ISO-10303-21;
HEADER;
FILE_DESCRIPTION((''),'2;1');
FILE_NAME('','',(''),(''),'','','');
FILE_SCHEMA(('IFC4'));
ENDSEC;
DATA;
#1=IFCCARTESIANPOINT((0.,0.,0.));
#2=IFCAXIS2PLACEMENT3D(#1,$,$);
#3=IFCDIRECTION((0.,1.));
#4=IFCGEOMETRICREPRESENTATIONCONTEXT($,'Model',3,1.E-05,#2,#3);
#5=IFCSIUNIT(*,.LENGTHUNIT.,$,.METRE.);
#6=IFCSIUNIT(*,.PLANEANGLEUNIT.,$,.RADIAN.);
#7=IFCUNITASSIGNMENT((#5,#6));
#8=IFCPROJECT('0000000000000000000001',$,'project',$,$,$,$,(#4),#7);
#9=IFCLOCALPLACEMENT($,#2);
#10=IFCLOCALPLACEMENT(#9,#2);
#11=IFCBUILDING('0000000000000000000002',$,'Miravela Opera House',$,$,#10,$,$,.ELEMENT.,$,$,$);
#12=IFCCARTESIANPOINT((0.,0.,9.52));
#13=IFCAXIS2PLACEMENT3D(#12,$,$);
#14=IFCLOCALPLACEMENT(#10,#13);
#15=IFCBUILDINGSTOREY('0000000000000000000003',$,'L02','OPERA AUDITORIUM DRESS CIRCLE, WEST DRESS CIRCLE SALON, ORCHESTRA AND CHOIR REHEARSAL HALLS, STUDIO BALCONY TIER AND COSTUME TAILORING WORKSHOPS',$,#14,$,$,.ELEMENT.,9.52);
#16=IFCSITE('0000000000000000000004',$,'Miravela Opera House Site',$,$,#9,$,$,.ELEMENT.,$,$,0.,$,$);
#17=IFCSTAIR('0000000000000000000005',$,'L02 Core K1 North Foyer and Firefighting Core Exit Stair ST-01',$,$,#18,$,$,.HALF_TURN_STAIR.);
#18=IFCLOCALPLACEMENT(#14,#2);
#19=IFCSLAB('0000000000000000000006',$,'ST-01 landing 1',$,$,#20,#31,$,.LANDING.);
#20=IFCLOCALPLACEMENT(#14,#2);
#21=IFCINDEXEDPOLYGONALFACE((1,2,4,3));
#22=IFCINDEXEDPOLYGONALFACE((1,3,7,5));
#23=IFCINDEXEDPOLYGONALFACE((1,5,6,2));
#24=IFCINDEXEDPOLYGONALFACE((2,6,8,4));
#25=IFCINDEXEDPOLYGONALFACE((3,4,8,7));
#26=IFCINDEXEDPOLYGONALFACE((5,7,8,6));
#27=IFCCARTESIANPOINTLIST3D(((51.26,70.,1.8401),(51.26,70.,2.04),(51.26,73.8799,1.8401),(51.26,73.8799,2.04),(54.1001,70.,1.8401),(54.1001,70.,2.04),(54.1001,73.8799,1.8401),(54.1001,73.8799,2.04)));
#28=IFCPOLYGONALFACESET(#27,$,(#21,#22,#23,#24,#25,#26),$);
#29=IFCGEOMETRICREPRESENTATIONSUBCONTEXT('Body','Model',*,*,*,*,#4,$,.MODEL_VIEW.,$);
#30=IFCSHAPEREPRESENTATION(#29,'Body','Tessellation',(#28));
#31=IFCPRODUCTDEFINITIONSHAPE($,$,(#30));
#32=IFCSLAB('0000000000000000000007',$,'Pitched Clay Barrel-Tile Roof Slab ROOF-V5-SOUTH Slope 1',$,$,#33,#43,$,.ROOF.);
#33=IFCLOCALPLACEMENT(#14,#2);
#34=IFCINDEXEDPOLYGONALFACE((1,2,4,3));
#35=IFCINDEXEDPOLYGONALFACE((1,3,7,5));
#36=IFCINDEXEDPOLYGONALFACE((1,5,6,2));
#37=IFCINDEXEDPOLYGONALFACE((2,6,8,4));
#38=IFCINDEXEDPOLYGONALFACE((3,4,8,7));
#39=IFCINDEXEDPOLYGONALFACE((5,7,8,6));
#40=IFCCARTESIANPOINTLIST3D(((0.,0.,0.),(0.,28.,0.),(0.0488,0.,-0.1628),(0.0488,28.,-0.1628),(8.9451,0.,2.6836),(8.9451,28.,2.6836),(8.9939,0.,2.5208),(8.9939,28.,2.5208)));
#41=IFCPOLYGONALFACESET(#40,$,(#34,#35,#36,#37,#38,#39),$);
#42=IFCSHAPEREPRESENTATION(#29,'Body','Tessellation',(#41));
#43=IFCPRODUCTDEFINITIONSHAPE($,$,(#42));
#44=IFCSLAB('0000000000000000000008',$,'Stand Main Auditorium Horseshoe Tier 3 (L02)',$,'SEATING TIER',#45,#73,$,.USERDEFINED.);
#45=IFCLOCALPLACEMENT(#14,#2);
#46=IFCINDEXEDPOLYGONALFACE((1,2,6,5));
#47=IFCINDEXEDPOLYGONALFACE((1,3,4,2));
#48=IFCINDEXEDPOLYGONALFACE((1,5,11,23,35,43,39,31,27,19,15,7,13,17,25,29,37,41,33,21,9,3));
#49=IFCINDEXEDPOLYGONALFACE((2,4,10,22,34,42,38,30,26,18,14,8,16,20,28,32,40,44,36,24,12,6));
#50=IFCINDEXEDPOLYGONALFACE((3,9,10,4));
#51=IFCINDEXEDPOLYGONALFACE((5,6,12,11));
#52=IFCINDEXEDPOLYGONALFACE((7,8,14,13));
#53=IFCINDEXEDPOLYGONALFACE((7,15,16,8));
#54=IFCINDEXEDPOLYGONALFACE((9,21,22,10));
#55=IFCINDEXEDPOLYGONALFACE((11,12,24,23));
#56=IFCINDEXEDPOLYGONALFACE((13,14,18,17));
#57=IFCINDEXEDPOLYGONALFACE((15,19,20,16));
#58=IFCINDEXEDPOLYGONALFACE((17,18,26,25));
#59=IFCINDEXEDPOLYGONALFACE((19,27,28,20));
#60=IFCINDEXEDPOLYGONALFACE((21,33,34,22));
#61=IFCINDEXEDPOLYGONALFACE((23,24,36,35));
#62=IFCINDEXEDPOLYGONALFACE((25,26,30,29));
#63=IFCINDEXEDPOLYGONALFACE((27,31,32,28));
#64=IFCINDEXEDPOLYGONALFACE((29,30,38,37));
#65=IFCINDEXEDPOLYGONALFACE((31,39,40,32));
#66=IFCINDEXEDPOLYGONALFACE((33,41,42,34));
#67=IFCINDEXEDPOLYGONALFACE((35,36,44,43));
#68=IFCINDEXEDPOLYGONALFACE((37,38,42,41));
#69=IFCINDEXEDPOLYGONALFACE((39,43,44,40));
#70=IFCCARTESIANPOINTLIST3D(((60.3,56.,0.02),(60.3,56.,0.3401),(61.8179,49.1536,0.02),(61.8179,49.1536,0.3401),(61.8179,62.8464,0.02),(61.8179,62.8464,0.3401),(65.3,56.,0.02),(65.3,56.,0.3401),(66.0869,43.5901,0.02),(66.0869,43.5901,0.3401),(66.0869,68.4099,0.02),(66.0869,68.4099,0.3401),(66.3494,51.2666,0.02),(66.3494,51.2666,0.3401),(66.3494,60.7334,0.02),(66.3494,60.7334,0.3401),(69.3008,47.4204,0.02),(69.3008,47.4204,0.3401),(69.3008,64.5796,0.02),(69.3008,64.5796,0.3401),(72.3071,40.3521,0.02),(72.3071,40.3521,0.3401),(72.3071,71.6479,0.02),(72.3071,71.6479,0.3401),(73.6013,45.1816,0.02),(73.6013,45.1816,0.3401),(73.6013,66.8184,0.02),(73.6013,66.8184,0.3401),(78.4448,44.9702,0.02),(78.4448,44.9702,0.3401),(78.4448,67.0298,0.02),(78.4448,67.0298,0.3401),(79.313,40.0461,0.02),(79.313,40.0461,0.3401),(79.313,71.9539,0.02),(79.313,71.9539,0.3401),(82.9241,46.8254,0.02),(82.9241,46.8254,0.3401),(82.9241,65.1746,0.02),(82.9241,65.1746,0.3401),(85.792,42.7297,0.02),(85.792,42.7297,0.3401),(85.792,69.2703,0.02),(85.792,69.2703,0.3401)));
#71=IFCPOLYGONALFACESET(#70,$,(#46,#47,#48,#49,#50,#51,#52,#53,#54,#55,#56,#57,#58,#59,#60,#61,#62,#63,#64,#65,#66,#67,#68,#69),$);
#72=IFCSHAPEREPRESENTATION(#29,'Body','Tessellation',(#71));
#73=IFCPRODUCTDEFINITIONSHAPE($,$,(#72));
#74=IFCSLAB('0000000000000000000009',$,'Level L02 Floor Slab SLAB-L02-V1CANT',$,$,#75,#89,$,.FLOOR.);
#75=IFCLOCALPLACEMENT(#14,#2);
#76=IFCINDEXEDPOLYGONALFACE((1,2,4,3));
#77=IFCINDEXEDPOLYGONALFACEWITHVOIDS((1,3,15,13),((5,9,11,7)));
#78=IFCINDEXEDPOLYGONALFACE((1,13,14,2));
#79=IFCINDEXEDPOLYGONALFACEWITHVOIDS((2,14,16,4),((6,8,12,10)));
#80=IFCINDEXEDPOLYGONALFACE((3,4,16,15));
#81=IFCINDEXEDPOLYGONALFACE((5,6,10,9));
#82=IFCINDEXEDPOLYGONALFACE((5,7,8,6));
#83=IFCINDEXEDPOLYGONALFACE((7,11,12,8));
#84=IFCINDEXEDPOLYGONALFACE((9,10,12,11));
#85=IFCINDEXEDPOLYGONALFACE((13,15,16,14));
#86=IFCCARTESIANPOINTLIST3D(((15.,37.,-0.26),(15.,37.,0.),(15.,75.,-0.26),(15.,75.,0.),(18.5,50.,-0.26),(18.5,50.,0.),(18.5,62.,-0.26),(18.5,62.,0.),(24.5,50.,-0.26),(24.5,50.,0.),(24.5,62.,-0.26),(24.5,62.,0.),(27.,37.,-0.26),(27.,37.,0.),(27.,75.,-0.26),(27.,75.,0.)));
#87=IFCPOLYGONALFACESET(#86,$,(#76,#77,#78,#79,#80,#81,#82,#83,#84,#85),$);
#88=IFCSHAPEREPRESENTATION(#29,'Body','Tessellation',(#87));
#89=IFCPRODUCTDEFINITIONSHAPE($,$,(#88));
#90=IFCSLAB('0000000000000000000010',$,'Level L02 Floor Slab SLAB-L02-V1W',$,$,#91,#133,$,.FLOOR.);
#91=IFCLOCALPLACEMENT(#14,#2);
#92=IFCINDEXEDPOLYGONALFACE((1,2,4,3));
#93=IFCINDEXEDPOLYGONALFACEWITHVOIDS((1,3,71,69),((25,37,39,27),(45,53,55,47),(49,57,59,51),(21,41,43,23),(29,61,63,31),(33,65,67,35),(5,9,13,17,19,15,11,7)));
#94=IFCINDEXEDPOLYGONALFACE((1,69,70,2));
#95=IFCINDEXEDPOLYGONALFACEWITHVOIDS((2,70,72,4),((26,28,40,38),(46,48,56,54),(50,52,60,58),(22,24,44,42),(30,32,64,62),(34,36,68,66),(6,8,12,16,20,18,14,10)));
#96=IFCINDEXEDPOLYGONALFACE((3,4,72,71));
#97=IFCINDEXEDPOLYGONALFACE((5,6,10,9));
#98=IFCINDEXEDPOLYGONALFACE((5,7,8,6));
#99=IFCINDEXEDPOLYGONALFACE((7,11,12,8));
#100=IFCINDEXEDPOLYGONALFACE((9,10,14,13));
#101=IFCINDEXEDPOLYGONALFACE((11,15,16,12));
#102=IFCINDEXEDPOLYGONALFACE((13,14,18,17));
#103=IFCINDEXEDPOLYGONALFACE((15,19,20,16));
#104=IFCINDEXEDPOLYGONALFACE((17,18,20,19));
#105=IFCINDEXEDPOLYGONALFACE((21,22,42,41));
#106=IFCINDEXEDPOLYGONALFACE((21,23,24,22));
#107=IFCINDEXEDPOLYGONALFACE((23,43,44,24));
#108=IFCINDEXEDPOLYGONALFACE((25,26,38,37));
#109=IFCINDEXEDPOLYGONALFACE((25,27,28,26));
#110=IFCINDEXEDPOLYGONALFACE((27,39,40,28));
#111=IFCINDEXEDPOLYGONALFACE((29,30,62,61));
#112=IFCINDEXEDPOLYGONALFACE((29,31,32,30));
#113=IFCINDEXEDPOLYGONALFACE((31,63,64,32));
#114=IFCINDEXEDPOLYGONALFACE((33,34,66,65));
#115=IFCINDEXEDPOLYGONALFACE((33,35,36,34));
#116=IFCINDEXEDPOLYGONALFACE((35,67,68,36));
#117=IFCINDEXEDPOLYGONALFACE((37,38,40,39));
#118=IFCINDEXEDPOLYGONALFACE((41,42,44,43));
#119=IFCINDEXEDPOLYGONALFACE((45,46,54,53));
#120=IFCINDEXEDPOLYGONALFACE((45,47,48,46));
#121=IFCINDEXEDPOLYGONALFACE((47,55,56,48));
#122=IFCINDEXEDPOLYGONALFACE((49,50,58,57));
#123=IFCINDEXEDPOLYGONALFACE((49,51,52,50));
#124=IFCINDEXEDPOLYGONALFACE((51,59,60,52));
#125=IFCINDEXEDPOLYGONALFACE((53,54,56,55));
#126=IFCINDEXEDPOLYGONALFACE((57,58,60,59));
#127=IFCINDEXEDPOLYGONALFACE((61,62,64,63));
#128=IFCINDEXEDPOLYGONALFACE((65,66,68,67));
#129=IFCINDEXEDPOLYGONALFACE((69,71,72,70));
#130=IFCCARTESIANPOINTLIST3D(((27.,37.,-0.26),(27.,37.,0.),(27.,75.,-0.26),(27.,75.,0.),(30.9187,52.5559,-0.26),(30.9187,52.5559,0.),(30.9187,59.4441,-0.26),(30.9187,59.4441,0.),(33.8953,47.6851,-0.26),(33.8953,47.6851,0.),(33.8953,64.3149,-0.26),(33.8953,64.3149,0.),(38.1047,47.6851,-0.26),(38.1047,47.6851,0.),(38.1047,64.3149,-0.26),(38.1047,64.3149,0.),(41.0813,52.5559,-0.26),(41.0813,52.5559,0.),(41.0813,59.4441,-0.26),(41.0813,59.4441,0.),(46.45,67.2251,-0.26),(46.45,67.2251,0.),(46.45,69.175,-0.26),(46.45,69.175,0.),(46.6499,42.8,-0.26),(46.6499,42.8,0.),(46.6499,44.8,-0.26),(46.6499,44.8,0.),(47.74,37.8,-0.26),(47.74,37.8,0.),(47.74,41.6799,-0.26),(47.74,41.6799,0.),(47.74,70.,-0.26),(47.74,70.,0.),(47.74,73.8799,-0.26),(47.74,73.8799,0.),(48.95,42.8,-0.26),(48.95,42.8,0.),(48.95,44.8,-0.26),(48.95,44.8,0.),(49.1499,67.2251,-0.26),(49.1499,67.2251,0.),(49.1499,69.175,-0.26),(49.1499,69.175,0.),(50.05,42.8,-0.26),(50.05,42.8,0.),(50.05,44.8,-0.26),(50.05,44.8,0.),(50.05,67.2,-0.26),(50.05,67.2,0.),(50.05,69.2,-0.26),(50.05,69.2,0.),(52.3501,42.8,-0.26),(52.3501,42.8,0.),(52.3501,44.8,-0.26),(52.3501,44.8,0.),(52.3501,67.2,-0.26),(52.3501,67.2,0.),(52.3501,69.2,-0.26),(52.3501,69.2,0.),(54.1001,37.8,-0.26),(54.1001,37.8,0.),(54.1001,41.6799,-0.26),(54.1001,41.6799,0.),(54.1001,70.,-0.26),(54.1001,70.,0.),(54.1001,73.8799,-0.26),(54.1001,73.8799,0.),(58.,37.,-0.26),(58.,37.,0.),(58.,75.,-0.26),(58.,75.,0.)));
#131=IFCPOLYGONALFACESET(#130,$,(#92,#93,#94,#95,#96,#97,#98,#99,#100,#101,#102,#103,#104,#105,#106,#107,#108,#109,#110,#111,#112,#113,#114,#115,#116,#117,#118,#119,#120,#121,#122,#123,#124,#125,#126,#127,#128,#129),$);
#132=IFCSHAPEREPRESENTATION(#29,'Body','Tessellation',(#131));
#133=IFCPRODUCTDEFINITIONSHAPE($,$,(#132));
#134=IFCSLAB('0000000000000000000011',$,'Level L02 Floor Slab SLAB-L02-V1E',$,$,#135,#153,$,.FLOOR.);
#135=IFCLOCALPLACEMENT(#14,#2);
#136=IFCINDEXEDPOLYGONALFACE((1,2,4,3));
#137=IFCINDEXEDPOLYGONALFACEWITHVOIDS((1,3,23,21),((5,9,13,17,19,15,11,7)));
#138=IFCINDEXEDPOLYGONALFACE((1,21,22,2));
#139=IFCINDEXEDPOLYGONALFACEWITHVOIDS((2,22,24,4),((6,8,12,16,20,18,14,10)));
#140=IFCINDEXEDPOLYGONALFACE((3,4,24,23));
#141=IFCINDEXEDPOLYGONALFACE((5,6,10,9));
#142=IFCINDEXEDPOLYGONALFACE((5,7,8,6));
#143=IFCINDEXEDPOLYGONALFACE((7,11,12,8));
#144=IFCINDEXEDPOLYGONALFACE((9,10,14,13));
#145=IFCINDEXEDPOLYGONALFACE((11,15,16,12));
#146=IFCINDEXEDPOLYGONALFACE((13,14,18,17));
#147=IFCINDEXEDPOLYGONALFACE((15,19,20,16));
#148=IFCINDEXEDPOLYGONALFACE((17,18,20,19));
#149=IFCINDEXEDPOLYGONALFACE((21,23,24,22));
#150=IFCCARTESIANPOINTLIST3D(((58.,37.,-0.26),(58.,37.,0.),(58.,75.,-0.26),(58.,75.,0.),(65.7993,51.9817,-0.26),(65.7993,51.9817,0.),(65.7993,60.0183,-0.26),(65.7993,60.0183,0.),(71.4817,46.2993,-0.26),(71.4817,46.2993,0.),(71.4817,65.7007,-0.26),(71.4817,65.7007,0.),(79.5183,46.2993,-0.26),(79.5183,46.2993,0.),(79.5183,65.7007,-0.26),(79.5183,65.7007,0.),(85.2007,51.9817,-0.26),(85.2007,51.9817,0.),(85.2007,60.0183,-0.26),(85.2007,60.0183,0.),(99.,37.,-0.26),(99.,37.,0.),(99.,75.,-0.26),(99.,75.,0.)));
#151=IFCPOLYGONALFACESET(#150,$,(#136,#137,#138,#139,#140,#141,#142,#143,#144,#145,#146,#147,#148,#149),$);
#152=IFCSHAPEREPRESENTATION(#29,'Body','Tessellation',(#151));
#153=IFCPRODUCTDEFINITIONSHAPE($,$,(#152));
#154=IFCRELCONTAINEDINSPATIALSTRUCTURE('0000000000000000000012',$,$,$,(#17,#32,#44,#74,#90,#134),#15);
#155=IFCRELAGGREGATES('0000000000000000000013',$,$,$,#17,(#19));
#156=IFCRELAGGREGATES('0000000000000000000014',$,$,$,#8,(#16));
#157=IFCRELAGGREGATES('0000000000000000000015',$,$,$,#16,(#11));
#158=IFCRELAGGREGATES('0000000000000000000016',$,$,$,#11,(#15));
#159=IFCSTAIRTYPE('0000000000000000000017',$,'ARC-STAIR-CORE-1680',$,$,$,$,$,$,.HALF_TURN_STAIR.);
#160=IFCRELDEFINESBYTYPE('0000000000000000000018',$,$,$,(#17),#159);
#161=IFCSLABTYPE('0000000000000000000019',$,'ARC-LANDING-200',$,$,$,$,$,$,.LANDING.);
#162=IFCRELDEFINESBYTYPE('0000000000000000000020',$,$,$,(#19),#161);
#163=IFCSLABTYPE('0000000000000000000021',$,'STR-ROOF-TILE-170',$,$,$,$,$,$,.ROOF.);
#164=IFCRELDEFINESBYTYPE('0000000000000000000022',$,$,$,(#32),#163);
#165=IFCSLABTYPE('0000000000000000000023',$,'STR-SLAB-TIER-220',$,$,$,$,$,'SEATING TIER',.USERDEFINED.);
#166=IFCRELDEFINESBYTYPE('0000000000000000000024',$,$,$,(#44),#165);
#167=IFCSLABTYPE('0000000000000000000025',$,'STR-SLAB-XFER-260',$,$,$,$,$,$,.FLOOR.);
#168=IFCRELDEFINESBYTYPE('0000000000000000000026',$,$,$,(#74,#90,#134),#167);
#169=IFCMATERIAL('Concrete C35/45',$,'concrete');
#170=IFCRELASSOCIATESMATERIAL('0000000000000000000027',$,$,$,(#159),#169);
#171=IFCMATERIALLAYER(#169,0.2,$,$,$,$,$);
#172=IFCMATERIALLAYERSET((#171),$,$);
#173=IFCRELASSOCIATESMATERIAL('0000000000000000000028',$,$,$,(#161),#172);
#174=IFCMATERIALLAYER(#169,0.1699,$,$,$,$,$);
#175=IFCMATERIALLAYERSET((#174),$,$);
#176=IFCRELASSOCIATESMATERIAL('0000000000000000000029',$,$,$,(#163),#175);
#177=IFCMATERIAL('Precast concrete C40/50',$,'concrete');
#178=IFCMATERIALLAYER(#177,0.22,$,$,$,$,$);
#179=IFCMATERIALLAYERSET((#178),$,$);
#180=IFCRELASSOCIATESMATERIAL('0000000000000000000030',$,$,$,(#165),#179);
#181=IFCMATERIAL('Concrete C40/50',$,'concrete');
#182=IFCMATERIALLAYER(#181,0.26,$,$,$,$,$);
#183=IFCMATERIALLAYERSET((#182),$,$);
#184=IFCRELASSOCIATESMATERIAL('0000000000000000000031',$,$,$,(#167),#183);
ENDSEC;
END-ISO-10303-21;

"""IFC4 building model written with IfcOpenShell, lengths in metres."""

from ifc_helpers import new_model, si_unit, direction, frame, origin, place, context, subcontext, project, spatial, polyline, outline, extrude, material, layer, layer_set, type_object, element, aggregate, save


model = new_model("IFC4")

# Units and contexts
model_context = context("Model", 3, precision=1e-05, world=origin(), true_north=direction((0.0, 1.0)))
body_context = subcontext(model_context, "Body", "Model", "MODEL_VIEW")
ifc_project = project(units=[si_unit("LENGTHUNIT", "METRE"), si_unit("PLANEANGLEUNIT", "RADIAN")], contexts=[model_context])

# Site, building, storey
site_placement = place(None, origin())
site = spatial("IfcSite", under=ifc_project, at=site_placement, Name="Miravela Opera House Site", CompositionType="ELEMENT", RefElevation=0.0)
building_placement = place(site_placement, origin())
building = spatial("IfcBuilding", under=site, at=building_placement, Name="Miravela Opera House", CompositionType="ELEMENT")
storey_placement = place(building_placement, frame((0.0, 0.0, 9.52)))
storey = spatial("IfcBuildingStorey", under=building, at=storey_placement, Name="L02", Description="OPERA AUDITORIUM DRESS CIRCLE, WEST DRESS CIRCLE SALON, ORCHESTRA AND CHOIR REHEARSAL HALLS, STUDIO BALCONY TIER AND COSTUME TAILORING WORKSHOPS", CompositionType="ELEMENT", Elevation=9.52)

# Stair, slab
ifc_material_1 = material(Name="Concrete C35/45", Category="concrete")
stair_type = type_object("IfcStairType", Name="ARC-STAIR-CORE-1680", PredefinedType="HALF_TURN_STAIR", material=ifc_material_1)
stair_placement = place(storey_placement, origin())
stair = element("IfcStair", 1, at=stair_placement, inside=storey, type_object=stair_type, Name="L02 Core K1 North Foyer and Firefighting Core Exit Stair ST-01", PredefinedType="HALF_TURN_STAIR")
ifc_layer_1 = layer(ifc_material_1, 0.2)
ifc_layer_set_1 = layer_set([ifc_layer_1])
slab_type_1 = type_object("IfcSlabType", Name="ARC-LANDING-200", PredefinedType="LANDING", material=ifc_layer_set_1)
slab_1_placement = place(storey_placement, frame((0.0, 0.0, 1.8401)))
slab_1 = element("IfcSlab", 2, at=slab_1_placement, type_object=slab_type_1, Name="ST-01 landing 1", PredefinedType="LANDING", context=body_context, shape_type="SweptSolid", body=[
    extrude(outline(polyline([(51.26, 70.0), (54.1001, 70.0), (54.1001, 73.8799), (51.26, 73.8799), (51.26, 70.0)])), origin(), (0.0, 0.0, 1.0), 0.2),
])
aggregate(stair, [slab_1])

# Slabs
ifc_layer_2 = layer(ifc_material_1, 0.1699)
ifc_layer_set_2 = layer_set([ifc_layer_2])
slab_type_2 = type_object("IfcSlabType", Name="STR-ROOF-TILE-170", PredefinedType="ROOF", material=ifc_layer_set_2)
slab_2_placement = place(storey_placement, frame((0.0, 0.0, 0.0), z_axis=(-0.287355, 0.0, 0.957824), x_axis=(0.0, 1.0, 0.0)))
element("IfcSlab", 3, at=slab_2_placement, inside=storey, type_object=slab_type_2, Name="Pitched Clay Barrel-Tile Roof Slab ROOF-V5-SOUTH Slope 1", PredefinedType="ROOF", context=body_context, shape_type="SweptSolid", body=[
    extrude(outline(polyline([(0.0, 0.0), (28.0, 0.0), (28.0, -9.3389), (0.0, -9.3389), (0.0, 0.0)])), origin(), (0.0, 0.0, -1.0), 0.1699),
])
ifc_material_2 = material(Name="Precast concrete C40/50", Category="concrete")
ifc_layer_3 = layer(ifc_material_2, 0.22)
ifc_layer_set_3 = layer_set([ifc_layer_3])
slab_type_3 = type_object("IfcSlabType", Name="STR-SLAB-TIER-220", ElementType="SEATING TIER", PredefinedType="USERDEFINED", material=ifc_layer_set_3)
slab_3_placement = place(storey_placement, frame((0.0, 0.0, 0.02)))
element("IfcSlab", 4, at=slab_3_placement, inside=storey, type_object=slab_type_3, Name="Stand Main Auditorium Horseshoe Tier 3 (L02)", ObjectType="SEATING TIER", PredefinedType="USERDEFINED", context=body_context, shape_type="SweptSolid", body=[
    extrude(outline(polyline([(85.792, 69.2703), (79.313, 71.9539), (72.3071, 71.6479), (66.0869, 68.4099), (61.8179, 62.8464), (60.3, 56.0), (61.8179, 49.1536), (66.0869, 43.5901), (72.3071, 40.3521), (79.313, 40.0461), (85.792, 42.7297), (82.9241, 46.8254), (78.4448, 44.9702), (73.6013, 45.1816), (69.3008, 47.4204), (66.3494, 51.2666), (65.3, 56.0), (66.3494, 60.7334), (69.3008, 64.5796), (73.6013, 66.8184), (78.4448, 67.0298), (82.9241, 65.1746), (85.792, 69.2703)])), origin(), (0.0, 0.0, 1.0), 0.3201),
])
ifc_material_3 = material(Name="Concrete C40/50", Category="concrete")
ifc_layer_4 = layer(ifc_material_3, 0.26)
ifc_layer_set_4 = layer_set([ifc_layer_4])
slab_type_4 = type_object("IfcSlabType", Name="STR-SLAB-XFER-260", PredefinedType="FLOOR", material=ifc_layer_set_4)
slab_4_placement = place(storey_placement, frame((0.0, 0.0, -0.26)))
element("IfcSlab", 5, at=slab_4_placement, inside=storey, type_object=slab_type_4, Name="Level L02 Floor Slab SLAB-L02-V1CANT", PredefinedType="FLOOR", context=body_context, shape_type="SweptSolid", body=[
    extrude(outline(polyline([(15.0, 37.0), (27.0, 37.0), (27.0, 75.0), (15.0, 75.0), (15.0, 37.0)]), holes=[polyline([(18.5, 50.0), (24.5, 50.0), (24.5, 62.0), (18.5, 62.0), (18.5, 50.0)])]), origin(), (0.0, 0.0, 1.0), 0.26),
])
slab_5_placement = place(storey_placement, frame((0.0, 0.0, -0.26)))
element("IfcSlab", 6, at=slab_5_placement, inside=storey, type_object=slab_type_4, Name="Level L02 Floor Slab SLAB-L02-V1W", PredefinedType="FLOOR", context=body_context, shape_type="SweptSolid", body=[
    extrude(outline(polyline([(27.0, 37.0), (58.0, 37.0), (58.0, 75.0), (27.0, 75.0), (27.0, 37.0)]), holes=[polyline([(47.74, 70.0), (54.1001, 70.0), (54.1001, 73.8799), (47.74, 73.8799), (47.74, 70.0)]), polyline([(47.74, 37.8), (54.1001, 37.8), (54.1001, 41.6799), (47.74, 41.6799), (47.74, 37.8)]), polyline([(46.45, 67.2251), (49.1499, 67.2251), (49.1499, 69.175), (46.45, 69.175), (46.45, 67.2251)]), polyline([(50.05, 67.2), (52.3501, 67.2), (52.3501, 69.2), (50.05, 69.2), (50.05, 67.2)]), polyline([(46.6499, 42.8), (48.95, 42.8), (48.95, 44.8), (46.6499, 44.8), (46.6499, 42.8)]), polyline([(50.05, 42.8), (52.3501, 42.8), (52.3501, 44.8), (50.05, 44.8), (50.05, 42.8)]), polyline([(41.0813, 59.4441), (38.1047, 64.3149), (33.8953, 64.3149), (30.9187, 59.4441), (30.9187, 52.5559), (33.8953, 47.6851), (38.1047, 47.6851), (41.0813, 52.5559), (41.0813, 59.4441)])]), origin(), (0.0, 0.0, 1.0), 0.26),
])
slab_6_placement = place(storey_placement, frame((0.0, 0.0, -0.26)))
element("IfcSlab", 7, at=slab_6_placement, inside=storey, type_object=slab_type_4, Name="Level L02 Floor Slab SLAB-L02-V1E", PredefinedType="FLOOR", context=body_context, shape_type="SweptSolid", body=[
    extrude(outline(polyline([(58.0, 37.0), (99.0, 37.0), (99.0, 75.0), (58.0, 75.0), (58.0, 37.0)]), holes=[polyline([(85.2007, 60.0183), (79.5183, 65.7007), (71.4817, 65.7007), (65.7993, 60.0183), (65.7993, 51.9817), (71.4817, 46.2993), (79.5183, 46.2993), (85.2007, 51.9817), (85.2007, 60.0183)])]), origin(), (0.0, 0.0, 1.0), 0.26),
])

save(model, "model.ifc")
